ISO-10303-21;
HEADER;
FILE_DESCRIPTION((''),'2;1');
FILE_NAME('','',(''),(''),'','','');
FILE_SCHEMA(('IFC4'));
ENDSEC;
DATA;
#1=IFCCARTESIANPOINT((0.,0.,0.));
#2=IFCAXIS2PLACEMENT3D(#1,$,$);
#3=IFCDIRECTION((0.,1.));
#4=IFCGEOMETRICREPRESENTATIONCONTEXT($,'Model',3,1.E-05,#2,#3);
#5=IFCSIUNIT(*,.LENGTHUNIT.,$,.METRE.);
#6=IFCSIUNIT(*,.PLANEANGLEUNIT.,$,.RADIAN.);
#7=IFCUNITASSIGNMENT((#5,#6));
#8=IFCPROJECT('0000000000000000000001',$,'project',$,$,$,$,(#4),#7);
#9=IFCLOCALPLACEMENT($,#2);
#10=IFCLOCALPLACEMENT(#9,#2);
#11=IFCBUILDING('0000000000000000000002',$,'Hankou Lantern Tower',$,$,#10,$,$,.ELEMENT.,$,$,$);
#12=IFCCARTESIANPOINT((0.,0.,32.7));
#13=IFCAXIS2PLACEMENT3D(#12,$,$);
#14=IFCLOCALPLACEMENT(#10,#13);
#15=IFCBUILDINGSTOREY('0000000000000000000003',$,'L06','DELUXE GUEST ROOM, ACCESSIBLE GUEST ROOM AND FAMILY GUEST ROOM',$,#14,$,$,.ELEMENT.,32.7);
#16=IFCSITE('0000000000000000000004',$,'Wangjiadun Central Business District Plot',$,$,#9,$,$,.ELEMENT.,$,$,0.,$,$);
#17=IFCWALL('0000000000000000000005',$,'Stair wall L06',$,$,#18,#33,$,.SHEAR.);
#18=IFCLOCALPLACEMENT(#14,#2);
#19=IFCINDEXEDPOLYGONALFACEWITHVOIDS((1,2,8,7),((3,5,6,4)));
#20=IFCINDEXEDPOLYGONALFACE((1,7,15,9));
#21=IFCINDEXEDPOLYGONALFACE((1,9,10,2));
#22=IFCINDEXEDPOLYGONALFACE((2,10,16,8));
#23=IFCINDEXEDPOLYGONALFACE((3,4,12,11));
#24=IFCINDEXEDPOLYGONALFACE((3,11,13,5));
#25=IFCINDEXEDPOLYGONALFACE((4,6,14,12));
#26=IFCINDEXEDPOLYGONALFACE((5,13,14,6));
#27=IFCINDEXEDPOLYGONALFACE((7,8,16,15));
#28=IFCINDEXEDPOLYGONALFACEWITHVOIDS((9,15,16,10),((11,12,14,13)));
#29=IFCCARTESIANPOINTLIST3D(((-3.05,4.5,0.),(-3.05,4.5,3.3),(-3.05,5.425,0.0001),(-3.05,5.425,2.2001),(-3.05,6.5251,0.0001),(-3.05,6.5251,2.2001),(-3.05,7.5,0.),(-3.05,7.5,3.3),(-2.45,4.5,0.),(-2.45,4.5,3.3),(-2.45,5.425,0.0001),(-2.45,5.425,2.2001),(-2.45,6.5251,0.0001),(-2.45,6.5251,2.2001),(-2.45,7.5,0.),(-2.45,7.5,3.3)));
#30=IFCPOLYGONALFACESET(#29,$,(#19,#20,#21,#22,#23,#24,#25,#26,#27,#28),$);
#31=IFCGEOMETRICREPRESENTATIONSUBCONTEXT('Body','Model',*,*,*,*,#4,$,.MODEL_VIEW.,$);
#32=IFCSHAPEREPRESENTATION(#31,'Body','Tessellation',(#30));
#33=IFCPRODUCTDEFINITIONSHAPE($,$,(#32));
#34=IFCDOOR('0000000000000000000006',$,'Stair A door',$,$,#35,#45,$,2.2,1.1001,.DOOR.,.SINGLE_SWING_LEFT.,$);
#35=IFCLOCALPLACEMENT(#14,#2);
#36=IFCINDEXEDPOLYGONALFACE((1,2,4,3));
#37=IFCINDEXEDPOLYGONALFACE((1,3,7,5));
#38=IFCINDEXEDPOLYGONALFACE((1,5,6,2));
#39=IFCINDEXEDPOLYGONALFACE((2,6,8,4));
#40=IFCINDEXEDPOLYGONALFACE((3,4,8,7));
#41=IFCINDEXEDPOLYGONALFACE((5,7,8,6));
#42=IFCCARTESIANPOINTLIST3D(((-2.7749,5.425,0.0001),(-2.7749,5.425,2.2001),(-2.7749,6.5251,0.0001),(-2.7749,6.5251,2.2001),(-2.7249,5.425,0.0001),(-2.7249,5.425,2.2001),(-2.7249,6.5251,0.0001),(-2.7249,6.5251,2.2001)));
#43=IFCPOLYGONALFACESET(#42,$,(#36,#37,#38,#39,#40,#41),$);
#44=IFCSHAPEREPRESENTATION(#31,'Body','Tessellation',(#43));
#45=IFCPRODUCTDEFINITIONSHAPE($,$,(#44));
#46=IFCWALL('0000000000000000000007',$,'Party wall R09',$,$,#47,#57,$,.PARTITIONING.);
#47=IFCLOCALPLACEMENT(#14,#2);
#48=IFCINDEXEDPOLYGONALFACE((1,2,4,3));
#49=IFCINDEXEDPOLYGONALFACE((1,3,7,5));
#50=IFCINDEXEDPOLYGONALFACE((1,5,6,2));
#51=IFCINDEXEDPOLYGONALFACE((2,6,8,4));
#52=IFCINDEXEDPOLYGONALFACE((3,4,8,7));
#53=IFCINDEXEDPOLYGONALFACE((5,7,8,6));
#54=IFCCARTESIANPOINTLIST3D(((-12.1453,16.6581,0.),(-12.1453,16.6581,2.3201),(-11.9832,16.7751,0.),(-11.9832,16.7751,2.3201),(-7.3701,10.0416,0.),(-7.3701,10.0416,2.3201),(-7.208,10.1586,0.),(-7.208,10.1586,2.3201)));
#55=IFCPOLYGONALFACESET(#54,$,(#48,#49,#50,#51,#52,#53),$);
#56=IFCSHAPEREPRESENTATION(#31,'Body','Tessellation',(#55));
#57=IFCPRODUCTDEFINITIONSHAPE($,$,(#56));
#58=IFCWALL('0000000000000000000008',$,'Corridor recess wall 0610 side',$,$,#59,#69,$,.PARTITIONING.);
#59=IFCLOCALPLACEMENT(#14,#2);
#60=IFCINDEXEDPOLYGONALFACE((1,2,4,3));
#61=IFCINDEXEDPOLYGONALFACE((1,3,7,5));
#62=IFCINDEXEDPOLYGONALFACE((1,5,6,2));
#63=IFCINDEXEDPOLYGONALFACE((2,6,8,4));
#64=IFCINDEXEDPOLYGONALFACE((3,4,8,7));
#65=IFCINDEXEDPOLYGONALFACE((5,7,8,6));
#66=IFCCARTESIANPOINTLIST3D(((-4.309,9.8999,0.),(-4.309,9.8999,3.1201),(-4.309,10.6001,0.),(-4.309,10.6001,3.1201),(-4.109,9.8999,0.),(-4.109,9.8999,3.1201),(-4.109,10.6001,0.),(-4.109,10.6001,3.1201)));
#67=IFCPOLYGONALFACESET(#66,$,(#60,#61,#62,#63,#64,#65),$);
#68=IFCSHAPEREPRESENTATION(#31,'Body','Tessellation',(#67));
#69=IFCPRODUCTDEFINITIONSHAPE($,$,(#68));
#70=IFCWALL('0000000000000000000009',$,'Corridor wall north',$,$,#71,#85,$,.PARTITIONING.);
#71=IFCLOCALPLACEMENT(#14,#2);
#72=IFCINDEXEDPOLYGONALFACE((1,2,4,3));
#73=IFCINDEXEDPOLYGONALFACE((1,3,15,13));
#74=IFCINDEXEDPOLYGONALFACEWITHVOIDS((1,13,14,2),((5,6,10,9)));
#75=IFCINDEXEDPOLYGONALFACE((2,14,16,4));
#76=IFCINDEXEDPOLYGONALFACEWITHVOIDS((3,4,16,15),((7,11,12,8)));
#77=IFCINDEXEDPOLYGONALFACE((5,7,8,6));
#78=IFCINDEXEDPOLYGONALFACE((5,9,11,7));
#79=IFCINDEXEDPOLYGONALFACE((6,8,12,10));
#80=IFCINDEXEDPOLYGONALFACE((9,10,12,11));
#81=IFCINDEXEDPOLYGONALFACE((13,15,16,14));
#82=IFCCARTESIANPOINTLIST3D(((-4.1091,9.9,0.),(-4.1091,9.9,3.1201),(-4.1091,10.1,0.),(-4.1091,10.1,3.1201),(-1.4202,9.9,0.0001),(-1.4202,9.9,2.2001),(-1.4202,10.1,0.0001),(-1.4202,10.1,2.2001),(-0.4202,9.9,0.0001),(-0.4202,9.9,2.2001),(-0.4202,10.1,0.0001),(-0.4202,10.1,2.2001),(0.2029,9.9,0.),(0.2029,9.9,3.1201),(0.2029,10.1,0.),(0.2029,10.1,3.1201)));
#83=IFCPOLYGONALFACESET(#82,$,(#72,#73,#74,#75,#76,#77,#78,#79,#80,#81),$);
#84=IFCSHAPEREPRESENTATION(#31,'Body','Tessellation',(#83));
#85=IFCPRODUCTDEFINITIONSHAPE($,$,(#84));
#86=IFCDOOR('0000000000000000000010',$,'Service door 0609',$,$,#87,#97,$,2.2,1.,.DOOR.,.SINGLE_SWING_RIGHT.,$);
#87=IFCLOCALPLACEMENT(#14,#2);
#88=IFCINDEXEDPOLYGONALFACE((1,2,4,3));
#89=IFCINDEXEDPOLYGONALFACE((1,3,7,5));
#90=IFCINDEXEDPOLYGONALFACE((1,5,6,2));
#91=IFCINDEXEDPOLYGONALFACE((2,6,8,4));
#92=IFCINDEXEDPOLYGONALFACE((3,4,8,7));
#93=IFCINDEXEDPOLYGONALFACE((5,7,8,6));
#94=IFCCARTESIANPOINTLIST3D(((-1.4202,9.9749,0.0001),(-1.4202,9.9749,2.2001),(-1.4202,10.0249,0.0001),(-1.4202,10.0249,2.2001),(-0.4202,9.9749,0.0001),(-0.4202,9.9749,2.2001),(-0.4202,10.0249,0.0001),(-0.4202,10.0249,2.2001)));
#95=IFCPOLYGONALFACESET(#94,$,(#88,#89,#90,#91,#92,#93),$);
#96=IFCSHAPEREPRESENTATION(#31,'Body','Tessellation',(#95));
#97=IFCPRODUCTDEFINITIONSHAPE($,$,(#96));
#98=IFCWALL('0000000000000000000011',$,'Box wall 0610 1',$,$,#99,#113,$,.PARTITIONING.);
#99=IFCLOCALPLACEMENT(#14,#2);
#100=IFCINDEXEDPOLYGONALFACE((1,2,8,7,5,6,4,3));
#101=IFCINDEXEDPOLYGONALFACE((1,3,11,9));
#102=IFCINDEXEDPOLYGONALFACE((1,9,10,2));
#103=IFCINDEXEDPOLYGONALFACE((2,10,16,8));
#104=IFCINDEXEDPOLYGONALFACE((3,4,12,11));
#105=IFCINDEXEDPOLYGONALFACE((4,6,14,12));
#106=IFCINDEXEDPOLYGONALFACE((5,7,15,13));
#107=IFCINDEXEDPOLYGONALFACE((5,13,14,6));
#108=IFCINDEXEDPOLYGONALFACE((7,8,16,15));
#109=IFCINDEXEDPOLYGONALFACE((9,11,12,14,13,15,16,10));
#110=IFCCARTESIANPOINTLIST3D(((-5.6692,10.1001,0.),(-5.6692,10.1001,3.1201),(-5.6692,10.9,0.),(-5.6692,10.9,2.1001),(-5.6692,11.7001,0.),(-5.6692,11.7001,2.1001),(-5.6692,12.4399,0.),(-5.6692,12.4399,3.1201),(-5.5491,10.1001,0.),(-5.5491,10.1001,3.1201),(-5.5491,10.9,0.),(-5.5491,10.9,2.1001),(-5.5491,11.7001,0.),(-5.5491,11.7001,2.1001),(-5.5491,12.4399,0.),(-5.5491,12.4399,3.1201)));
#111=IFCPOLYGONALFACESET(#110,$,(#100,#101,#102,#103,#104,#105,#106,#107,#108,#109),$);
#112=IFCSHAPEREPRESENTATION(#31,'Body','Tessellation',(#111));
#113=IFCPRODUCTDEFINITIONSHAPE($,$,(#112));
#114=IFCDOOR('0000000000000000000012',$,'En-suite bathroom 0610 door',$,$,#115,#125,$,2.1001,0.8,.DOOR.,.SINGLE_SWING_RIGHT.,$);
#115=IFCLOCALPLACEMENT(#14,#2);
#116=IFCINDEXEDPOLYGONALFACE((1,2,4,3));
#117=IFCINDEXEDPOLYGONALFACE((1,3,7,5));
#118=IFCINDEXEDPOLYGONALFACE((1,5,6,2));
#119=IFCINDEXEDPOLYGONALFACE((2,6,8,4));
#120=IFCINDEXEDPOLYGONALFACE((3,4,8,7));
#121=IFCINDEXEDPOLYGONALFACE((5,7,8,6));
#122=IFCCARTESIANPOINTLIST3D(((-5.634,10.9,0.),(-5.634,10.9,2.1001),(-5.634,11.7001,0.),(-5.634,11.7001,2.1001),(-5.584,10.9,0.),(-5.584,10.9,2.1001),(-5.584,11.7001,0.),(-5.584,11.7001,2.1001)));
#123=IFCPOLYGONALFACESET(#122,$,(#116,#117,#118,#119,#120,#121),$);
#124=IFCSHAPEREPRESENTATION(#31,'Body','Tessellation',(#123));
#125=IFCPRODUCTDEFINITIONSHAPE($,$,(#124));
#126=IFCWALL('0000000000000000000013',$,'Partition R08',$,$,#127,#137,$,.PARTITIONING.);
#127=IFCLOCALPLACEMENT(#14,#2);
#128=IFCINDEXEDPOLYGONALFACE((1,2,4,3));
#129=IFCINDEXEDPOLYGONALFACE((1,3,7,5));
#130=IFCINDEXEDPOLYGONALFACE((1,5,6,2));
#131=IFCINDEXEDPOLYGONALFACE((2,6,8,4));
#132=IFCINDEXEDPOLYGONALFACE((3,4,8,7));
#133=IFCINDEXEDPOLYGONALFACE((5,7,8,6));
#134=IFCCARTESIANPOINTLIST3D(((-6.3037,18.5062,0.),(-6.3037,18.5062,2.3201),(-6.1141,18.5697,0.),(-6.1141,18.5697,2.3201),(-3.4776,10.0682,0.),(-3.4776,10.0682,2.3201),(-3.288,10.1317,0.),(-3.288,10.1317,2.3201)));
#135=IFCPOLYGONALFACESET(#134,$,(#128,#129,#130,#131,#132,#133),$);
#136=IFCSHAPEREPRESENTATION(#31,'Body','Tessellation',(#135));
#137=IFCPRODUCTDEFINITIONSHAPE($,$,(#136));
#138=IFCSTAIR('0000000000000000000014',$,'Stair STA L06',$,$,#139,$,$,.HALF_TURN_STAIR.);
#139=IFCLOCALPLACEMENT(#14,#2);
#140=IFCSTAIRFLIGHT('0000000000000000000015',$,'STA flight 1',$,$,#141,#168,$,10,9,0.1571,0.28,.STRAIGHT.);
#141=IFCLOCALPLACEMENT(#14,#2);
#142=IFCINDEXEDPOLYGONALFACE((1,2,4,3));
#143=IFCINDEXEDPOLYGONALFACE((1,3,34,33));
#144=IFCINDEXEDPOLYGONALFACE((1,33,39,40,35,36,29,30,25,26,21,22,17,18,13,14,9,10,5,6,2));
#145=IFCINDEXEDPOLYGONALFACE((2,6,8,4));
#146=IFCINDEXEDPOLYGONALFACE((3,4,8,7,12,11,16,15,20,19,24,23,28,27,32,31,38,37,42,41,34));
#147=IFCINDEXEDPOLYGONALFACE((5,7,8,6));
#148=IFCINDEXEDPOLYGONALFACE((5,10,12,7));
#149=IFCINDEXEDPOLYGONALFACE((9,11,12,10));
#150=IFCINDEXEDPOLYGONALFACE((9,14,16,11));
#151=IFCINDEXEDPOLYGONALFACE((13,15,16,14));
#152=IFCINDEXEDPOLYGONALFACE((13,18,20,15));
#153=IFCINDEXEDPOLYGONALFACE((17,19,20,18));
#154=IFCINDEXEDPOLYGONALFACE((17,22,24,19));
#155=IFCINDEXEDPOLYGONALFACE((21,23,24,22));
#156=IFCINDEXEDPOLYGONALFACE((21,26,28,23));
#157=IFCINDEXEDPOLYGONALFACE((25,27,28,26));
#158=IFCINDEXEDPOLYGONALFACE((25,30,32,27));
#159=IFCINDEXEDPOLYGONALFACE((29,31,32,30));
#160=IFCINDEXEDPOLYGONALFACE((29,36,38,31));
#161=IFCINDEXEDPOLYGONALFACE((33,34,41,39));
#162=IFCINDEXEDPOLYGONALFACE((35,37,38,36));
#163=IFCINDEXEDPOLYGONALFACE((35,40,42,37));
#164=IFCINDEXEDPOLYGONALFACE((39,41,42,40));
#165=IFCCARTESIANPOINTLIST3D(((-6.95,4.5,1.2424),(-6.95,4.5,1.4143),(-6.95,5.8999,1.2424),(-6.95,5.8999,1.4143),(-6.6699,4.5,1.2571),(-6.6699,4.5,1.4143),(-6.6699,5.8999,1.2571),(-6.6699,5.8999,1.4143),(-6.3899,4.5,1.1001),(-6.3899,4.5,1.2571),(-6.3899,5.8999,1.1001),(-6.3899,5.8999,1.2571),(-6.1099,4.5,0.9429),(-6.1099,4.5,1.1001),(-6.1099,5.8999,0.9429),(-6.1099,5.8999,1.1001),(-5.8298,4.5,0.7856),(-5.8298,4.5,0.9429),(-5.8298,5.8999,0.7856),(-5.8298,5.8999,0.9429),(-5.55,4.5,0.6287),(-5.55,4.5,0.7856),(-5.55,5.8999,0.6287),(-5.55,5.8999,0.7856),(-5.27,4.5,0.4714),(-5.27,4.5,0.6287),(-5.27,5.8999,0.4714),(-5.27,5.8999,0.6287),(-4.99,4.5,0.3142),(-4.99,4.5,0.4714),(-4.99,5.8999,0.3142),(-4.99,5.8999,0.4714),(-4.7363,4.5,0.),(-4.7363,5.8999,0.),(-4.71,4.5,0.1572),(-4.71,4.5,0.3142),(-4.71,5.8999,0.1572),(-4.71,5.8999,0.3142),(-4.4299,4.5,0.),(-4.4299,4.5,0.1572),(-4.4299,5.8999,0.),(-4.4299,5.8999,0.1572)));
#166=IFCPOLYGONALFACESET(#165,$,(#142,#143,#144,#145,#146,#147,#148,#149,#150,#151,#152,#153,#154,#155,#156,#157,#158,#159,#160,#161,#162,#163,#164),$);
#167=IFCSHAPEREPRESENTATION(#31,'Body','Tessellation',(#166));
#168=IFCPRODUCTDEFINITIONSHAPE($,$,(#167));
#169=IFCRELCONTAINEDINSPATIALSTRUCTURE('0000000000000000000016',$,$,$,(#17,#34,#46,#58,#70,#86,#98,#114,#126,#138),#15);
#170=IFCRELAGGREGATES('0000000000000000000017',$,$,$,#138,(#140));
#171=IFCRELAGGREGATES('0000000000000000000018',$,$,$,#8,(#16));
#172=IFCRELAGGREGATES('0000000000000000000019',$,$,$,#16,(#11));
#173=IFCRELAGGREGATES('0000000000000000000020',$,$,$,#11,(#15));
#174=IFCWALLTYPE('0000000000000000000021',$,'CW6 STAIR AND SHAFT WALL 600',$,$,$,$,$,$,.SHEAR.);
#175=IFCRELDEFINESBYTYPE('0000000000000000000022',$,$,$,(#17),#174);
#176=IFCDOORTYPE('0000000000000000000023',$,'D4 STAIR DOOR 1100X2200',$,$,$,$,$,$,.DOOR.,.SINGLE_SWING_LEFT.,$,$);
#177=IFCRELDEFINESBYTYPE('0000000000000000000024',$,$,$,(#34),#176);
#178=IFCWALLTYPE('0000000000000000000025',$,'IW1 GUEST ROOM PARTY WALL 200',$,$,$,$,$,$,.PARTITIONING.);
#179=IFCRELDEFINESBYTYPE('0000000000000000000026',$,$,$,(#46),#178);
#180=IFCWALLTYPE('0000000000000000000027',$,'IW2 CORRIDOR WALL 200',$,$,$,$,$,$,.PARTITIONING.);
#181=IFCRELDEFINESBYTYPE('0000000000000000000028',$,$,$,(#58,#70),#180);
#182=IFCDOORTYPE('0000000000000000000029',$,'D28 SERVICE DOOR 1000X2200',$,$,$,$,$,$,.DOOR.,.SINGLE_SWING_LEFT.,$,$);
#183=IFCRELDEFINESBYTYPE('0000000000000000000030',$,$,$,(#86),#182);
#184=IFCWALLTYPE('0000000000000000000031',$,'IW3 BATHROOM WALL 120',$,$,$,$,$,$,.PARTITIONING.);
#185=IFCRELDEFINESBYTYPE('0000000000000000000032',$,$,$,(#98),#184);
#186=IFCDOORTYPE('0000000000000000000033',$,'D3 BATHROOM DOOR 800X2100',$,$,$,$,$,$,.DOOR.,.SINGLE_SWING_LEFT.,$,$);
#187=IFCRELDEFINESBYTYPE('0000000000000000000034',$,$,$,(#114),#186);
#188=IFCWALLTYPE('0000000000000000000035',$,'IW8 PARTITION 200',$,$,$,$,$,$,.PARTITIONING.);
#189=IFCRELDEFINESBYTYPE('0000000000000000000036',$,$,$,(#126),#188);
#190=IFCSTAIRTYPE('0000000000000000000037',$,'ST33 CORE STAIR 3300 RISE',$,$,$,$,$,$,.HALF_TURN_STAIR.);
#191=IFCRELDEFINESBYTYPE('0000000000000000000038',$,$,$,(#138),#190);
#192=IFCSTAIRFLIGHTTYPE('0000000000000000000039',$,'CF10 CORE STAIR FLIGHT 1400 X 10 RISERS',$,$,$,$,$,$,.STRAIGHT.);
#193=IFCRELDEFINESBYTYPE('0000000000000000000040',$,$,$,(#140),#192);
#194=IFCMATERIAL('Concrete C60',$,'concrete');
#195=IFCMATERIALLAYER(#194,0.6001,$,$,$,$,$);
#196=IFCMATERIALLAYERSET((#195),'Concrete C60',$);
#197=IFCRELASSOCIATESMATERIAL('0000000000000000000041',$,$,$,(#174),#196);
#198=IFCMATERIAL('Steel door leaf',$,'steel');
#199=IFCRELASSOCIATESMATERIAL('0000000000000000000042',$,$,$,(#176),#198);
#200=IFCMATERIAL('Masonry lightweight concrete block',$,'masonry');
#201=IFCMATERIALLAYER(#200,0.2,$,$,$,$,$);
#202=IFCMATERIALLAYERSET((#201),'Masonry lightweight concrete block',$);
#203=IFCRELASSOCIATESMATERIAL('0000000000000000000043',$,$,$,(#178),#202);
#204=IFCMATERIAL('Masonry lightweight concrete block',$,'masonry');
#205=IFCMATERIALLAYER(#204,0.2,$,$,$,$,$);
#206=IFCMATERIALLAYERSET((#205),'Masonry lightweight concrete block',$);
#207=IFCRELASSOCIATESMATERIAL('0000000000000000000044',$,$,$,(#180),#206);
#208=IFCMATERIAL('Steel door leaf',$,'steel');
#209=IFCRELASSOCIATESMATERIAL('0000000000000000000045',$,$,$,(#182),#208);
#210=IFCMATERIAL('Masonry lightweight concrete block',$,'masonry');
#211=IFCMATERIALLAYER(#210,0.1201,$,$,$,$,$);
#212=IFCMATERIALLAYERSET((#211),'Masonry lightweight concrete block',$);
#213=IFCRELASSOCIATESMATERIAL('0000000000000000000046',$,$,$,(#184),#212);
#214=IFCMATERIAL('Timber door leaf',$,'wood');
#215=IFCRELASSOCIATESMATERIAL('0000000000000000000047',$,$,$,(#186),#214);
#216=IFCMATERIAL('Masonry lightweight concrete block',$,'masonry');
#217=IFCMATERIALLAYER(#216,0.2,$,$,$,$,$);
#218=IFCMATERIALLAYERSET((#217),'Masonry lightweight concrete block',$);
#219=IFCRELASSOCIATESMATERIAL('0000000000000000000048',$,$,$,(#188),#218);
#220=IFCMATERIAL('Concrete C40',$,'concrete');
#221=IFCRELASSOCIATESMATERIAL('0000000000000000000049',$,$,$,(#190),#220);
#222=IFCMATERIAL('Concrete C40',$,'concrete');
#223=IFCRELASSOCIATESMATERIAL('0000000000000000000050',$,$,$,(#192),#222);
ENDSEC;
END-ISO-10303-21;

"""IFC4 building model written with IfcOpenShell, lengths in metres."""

from ifc_helpers import new_model, si_unit, direction, frame, frame_2d, origin, place, context, subcontext, project, spatial, polyline, rectangle, outline, extrude, material, layer, layer_set, type_object, element, fill, aggregate, save


model = new_model("IFC4")

# Units and contexts
model_context = context("Model", 3, precision=1e-05, world=origin(), true_north=direction((0.0, 1.0)))
body_context = subcontext(model_context, "Body", "Model", "MODEL_VIEW")
ifc_project = project(units=[si_unit("LENGTHUNIT", "METRE"), si_unit("PLANEANGLEUNIT", "RADIAN")], contexts=[model_context])

# Site, building, storey
site_placement = place(None, origin())
site = spatial("IfcSite", under=ifc_project, at=site_placement, Name="Wangjiadun Central Business District Plot", CompositionType="ELEMENT", RefElevation=0.0)
building_placement = place(site_placement, origin())
building = spatial("IfcBuilding", under=site, at=building_placement, Name="Hankou Lantern Tower", CompositionType="ELEMENT")
storey_placement = place(building_placement, frame((0.0, 0.0, 32.7)))
storey = spatial("IfcBuildingStorey", under=building, at=storey_placement, Name="L06", Description="DELUXE GUEST ROOM, ACCESSIBLE GUEST ROOM AND FAMILY GUEST ROOM", CompositionType="ELEMENT", Elevation=32.7)

# Wall, opening, door
ifc_material_1 = material(Name="Concrete C60", Category="concrete")
ifc_layer_1 = layer(ifc_material_1, 0.6001)
ifc_layer_set_1 = layer_set([ifc_layer_1], Name="Concrete C60")
wall_type_1 = type_object("IfcWallType", Name="CW6 STAIR AND SHAFT WALL 600", PredefinedType="SHEAR", material=ifc_layer_set_1)
wall_1_placement = place(storey_placement, frame((-2.75, 4.5, 0.0), z_axis=(0.0, 0.0, 1.0), x_axis=(0.0, 1.0, 0.0)))
wall_1 = element("IfcWall", 1, at=wall_1_placement, inside=storey, type_object=wall_type_1, Name="Stair wall L06", PredefinedType="SHEAR", context=body_context, shape_type="SweptSolid", body=[
    extrude(rectangle(XDim=3.0, YDim=0.6001, at=frame_2d((1.5, 0.0))), origin(), (0.0, 0.0, 1.0), 3.3),
])
opening_1_placement = place(wall_1_placement, frame((0.925, 0.0, 0.0)))
opening_1 = element("IfcOpeningElement", 2, at=opening_1_placement, cuts=wall_1, PredefinedType="OPENING", context=body_context, shape_type="SweptSolid", body=[
    extrude(rectangle(XDim=1.1001, YDim=2.2, at=frame_2d((0.55, 1.1001))), frame((0.0, 0.3101, 0.0), z_axis=(0.0, -1.0, 0.0), x_axis=(1.0, 0.0, 0.0)), (0.0, 0.0, 1.0), 0.6201),
])
ifc_material_2 = material(Name="Steel door leaf", Category="steel")
door_type_1 = type_object("IfcDoorType", Name="D4 STAIR DOOR 1100X2200", OperationType="SINGLE_SWING_LEFT", PredefinedType="DOOR", material=ifc_material_2)
door_1_placement = place(opening_1_placement, origin())
door_1 = element("IfcDoor", 3, at=door_1_placement, inside=storey, type_object=door_type_1, Name="Stair A door", OperationType="SINGLE_SWING_LEFT", OverallHeight=2.2, OverallWidth=1.1001, PredefinedType="DOOR", context=body_context, shape_type="SweptSolid", body=[
    extrude(rectangle(XDim=1.1001, YDim=2.2, at=frame_2d((0.55, 1.1001))), frame((0.0, 0.0249, 0.0), z_axis=(0.0, -1.0, 0.0), x_axis=(1.0, 0.0, 0.0)), (0.0, 0.0, 1.0), 0.05),
])
fill(opening_1, door_1)

# Walls
ifc_material_3 = material(Name="Masonry lightweight concrete block", Category="masonry")
ifc_layer_2 = layer(ifc_material_3, 0.2)
ifc_layer_set_2 = layer_set([ifc_layer_2], Name="Masonry lightweight concrete block")
wall_type_2 = type_object("IfcWallType", Name="IW1 GUEST ROOM PARTY WALL 200", PredefinedType="PARTITIONING", material=ifc_layer_set_2)
wall_2_placement = place(storey_placement, frame((-7.2891, 10.1001, 0.0), z_axis=(0.0, 0.0, 1.0), x_axis=(-0.585216, 0.810877, 0.0)))
element("IfcWall", 4, at=wall_2_placement, inside=storey, type_object=wall_type_2, Name="Party wall R09", PredefinedType="PARTITIONING", context=body_context, shape_type="SweptSolid", body=[
    extrude(rectangle(XDim=8.1597, YDim=0.2, at=frame_2d((4.0798, 0.0))), origin(), (0.0, 0.0, 1.0), 2.3201),
])
ifc_material_4 = material(Name="Masonry lightweight concrete block", Category="masonry")
ifc_layer_3 = layer(ifc_material_4, 0.2)
ifc_layer_set_3 = layer_set([ifc_layer_3], Name="Masonry lightweight concrete block")
wall_type_3 = type_object("IfcWallType", Name="IW2 CORRIDOR WALL 200", PredefinedType="PARTITIONING", material=ifc_layer_set_3)
wall_3_placement = place(storey_placement, frame((-4.209, 9.8999, 0.0), z_axis=(0.0, 0.0, 1.0), x_axis=(0.0, 1.0, 0.0)))
element("IfcWall", 5, at=wall_3_placement, inside=storey, type_object=wall_type_3, Name="Corridor recess wall 0610 side", PredefinedType="PARTITIONING", context=body_context, shape_type="SweptSolid", body=[
    extrude(rectangle(XDim=0.7002, YDim=0.2, at=frame_2d((0.3501, 0.0))), origin(), (0.0, 0.0, 1.0), 3.1201),
])

# Walls, openings, doors
wall_4_placement = place(storey_placement, frame((-4.1091, 10.0, 0.0), z_axis=(0.0, 0.0, 1.0), x_axis=(1.0, 0.0, 0.0)))
wall_4 = element("IfcWall", 6, at=wall_4_placement, inside=storey, type_object=wall_type_3, Name="Corridor wall north", PredefinedType="PARTITIONING", context=body_context, shape_type="SweptSolid", body=[
    extrude(rectangle(XDim=4.312, YDim=0.2, at=frame_2d((2.156, 0.0))), origin(), (0.0, 0.0, 1.0), 3.1201),
])
opening_2_placement = place(wall_4_placement, frame((2.689, 0.0, 0.0)))
opening_2 = element("IfcOpeningElement", 7, at=opening_2_placement, cuts=wall_4, PredefinedType="OPENING", context=body_context, shape_type="SweptSolid", body=[
    extrude(rectangle(XDim=1.0, YDim=2.2, at=frame_2d((0.5, 1.1001))), frame((0.0, 0.1099, 0.0), z_axis=(0.0, -1.0, 0.0), x_axis=(1.0, 0.0, 0.0)), (0.0, 0.0, 1.0), 0.22),
])
ifc_material_5 = material(Name="Steel door leaf", Category="steel")
door_type_2 = type_object("IfcDoorType", Name="D28 SERVICE DOOR 1000X2200", OperationType="SINGLE_SWING_LEFT", PredefinedType="DOOR", material=ifc_material_5)
door_2_placement = place(opening_2_placement, origin())
door_2 = element("IfcDoor", 8, at=door_2_placement, inside=storey, type_object=door_type_2, Name="Service door 0609", OperationType="SINGLE_SWING_RIGHT", OverallHeight=2.2, OverallWidth=1.0, PredefinedType="DOOR", context=body_context, shape_type="SweptSolid", body=[
    extrude(rectangle(XDim=1.0, YDim=2.2, at=frame_2d((0.5, 1.1001))), frame((0.0, 0.0249, 0.0), z_axis=(0.0, -1.0, 0.0), x_axis=(1.0, 0.0, 0.0)), (0.0, 0.0, 1.0), 0.05),
])
fill(opening_2, door_2)
ifc_material_6 = material(Name="Masonry lightweight concrete block", Category="masonry")
ifc_layer_4 = layer(ifc_material_6, 0.1201)
ifc_layer_set_4 = layer_set([ifc_layer_4], Name="Masonry lightweight concrete block")
wall_type_4 = type_object("IfcWallType", Name="IW3 BATHROOM WALL 120", PredefinedType="PARTITIONING", material=ifc_layer_set_4)
wall_5_placement = place(storey_placement, frame((-5.6091, 10.1001, 0.0), z_axis=(0.0, 0.0, 1.0), x_axis=(0.0, 1.0, 0.0)))
wall_5 = element("IfcWall", 9, at=wall_5_placement, inside=storey, type_object=wall_type_4, Name="Box wall 0610 1", PredefinedType="PARTITIONING", context=body_context, shape_type="SweptSolid", body=[
    extrude(rectangle(XDim=2.3398, YDim=0.1201, at=frame_2d((1.1699, 0.0))), origin(), (0.0, 0.0, 1.0), 3.1201),
])
opening_3_placement = place(wall_5_placement, frame((0.8, 0.0, 0.0)))
opening_3 = element("IfcOpeningElement", 10, at=opening_3_placement, cuts=wall_5, PredefinedType="OPENING", context=body_context, shape_type="SweptSolid", body=[
    extrude(rectangle(XDim=0.8, YDim=2.1001, at=frame_2d((0.3999, 1.05))), frame((0.0, 0.0701, 0.0), z_axis=(0.0, -1.0, 0.0), x_axis=(1.0, 0.0, 0.0)), (0.0, 0.0, 1.0), 0.1401),
])
ifc_material_7 = material(Name="Timber door leaf", Category="wood")
door_type_3 = type_object("IfcDoorType", Name="D3 BATHROOM DOOR 800X2100", OperationType="SINGLE_SWING_LEFT", PredefinedType="DOOR", material=ifc_material_7)
door_3_placement = place(opening_3_placement, origin())
door_3 = element("IfcDoor", 11, at=door_3_placement, inside=storey, type_object=door_type_3, Name="En-suite bathroom 0610 door", OperationType="SINGLE_SWING_RIGHT", OverallHeight=2.1001, OverallWidth=0.8, PredefinedType="DOOR", context=body_context, shape_type="SweptSolid", body=[
    extrude(rectangle(XDim=0.8, YDim=2.1001, at=frame_2d((0.3999, 1.05))), frame((0.0, 0.0249, 0.0), z_axis=(0.0, -1.0, 0.0), x_axis=(1.0, 0.0, 0.0)), (0.0, 0.0, 1.0), 0.05),
])
fill(opening_3, door_3)

# Wall
ifc_material_8 = material(Name="Masonry lightweight concrete block", Category="masonry")
ifc_layer_5 = layer(ifc_material_8, 0.2)
ifc_layer_set_5 = layer_set([ifc_layer_5], Name="Masonry lightweight concrete block")
wall_type_5 = type_object("IfcWallType", Name="IW8 PARTITION 200", PredefinedType="PARTITIONING", material=ifc_layer_set_5)
wall_6_placement = place(storey_placement, frame((-3.3828, 10.1001, 0.0), z_axis=(0.0, 0.0, 1.0), x_axis=(-0.317594, 0.948227, 0.0)))
element("IfcWall", 12, at=wall_6_placement, inside=storey, type_object=wall_type_5, Name="Partition R08", PredefinedType="PARTITIONING", context=body_context, shape_type="SweptSolid", body=[
    extrude(rectangle(XDim=8.8987, YDim=0.2, at=frame_2d((4.4492, 0.0))), origin(), (0.0, 0.0, 1.0), 2.3201),
])

# Stair, stair flight
ifc_material_9 = material(Name="Concrete C40", Category="concrete")
stair_type = type_object("IfcStairType", Name="ST33 CORE STAIR 3300 RISE", PredefinedType="HALF_TURN_STAIR", material=ifc_material_9)
stair_placement = place(storey_placement, origin())
stair = element("IfcStair", 13, at=stair_placement, inside=storey, type_object=stair_type, Name="Stair STA L06", PredefinedType="HALF_TURN_STAIR")
ifc_material_10 = material(Name="Concrete C40", Category="concrete")
stair_flight_type_1 = type_object("IfcStairFlightType", Name="CF10 CORE STAIR FLIGHT 1400 X 10 RISERS", PredefinedType="STRAIGHT", material=ifc_material_10)
stair_flight_1_placement = place(storey_placement, frame((-4.4299, 5.2, 0.0), z_axis=(0.0, 0.0, 1.0), x_axis=(-1.0, 0.0, 0.0)))
stair_flight_1 = element("IfcStairFlight", 14, at=stair_flight_1_placement, type_object=stair_flight_type_1, Name="STA flight 1", NumberOfRisers=10, NumberOfTreads=9, PredefinedType="STRAIGHT", RiserHeight=0.1571, TreadLength=0.28, context=body_context, shape_type="SweptSolid", body=[
    extrude(outline(polyline([(0.0, 0.0), (0.0, 0.1572), (0.28, 0.1572), (0.28, 0.3142), (0.5601, 0.3142), (0.5601, 0.4714), (0.8401, 0.4714), (0.8401, 0.6287), (1.1201, 0.6287), (1.1201, 0.7856), (1.3999, 0.7856), (1.3999, 0.9429), (1.6799, 0.9429), (1.6799, 1.1001), (1.96, 1.1001), (1.96, 1.2571), (2.24, 1.2571), (2.24, 1.4143), (2.52, 1.4143), (2.52, 1.5715), (2.52, 1.2424), (0.3064, 0.0), (0.0, 0.0)])), frame((0.0, 0.7, 0.0), z_axis=(0.0, -1.0, 0.0), x_axis=(1.0, 0.0, 0.0)), (0.0, 0.0, 1.0), 1.3999),
])
aggregate(stair, [stair_flight_1])

save(model, "model.ifc")
